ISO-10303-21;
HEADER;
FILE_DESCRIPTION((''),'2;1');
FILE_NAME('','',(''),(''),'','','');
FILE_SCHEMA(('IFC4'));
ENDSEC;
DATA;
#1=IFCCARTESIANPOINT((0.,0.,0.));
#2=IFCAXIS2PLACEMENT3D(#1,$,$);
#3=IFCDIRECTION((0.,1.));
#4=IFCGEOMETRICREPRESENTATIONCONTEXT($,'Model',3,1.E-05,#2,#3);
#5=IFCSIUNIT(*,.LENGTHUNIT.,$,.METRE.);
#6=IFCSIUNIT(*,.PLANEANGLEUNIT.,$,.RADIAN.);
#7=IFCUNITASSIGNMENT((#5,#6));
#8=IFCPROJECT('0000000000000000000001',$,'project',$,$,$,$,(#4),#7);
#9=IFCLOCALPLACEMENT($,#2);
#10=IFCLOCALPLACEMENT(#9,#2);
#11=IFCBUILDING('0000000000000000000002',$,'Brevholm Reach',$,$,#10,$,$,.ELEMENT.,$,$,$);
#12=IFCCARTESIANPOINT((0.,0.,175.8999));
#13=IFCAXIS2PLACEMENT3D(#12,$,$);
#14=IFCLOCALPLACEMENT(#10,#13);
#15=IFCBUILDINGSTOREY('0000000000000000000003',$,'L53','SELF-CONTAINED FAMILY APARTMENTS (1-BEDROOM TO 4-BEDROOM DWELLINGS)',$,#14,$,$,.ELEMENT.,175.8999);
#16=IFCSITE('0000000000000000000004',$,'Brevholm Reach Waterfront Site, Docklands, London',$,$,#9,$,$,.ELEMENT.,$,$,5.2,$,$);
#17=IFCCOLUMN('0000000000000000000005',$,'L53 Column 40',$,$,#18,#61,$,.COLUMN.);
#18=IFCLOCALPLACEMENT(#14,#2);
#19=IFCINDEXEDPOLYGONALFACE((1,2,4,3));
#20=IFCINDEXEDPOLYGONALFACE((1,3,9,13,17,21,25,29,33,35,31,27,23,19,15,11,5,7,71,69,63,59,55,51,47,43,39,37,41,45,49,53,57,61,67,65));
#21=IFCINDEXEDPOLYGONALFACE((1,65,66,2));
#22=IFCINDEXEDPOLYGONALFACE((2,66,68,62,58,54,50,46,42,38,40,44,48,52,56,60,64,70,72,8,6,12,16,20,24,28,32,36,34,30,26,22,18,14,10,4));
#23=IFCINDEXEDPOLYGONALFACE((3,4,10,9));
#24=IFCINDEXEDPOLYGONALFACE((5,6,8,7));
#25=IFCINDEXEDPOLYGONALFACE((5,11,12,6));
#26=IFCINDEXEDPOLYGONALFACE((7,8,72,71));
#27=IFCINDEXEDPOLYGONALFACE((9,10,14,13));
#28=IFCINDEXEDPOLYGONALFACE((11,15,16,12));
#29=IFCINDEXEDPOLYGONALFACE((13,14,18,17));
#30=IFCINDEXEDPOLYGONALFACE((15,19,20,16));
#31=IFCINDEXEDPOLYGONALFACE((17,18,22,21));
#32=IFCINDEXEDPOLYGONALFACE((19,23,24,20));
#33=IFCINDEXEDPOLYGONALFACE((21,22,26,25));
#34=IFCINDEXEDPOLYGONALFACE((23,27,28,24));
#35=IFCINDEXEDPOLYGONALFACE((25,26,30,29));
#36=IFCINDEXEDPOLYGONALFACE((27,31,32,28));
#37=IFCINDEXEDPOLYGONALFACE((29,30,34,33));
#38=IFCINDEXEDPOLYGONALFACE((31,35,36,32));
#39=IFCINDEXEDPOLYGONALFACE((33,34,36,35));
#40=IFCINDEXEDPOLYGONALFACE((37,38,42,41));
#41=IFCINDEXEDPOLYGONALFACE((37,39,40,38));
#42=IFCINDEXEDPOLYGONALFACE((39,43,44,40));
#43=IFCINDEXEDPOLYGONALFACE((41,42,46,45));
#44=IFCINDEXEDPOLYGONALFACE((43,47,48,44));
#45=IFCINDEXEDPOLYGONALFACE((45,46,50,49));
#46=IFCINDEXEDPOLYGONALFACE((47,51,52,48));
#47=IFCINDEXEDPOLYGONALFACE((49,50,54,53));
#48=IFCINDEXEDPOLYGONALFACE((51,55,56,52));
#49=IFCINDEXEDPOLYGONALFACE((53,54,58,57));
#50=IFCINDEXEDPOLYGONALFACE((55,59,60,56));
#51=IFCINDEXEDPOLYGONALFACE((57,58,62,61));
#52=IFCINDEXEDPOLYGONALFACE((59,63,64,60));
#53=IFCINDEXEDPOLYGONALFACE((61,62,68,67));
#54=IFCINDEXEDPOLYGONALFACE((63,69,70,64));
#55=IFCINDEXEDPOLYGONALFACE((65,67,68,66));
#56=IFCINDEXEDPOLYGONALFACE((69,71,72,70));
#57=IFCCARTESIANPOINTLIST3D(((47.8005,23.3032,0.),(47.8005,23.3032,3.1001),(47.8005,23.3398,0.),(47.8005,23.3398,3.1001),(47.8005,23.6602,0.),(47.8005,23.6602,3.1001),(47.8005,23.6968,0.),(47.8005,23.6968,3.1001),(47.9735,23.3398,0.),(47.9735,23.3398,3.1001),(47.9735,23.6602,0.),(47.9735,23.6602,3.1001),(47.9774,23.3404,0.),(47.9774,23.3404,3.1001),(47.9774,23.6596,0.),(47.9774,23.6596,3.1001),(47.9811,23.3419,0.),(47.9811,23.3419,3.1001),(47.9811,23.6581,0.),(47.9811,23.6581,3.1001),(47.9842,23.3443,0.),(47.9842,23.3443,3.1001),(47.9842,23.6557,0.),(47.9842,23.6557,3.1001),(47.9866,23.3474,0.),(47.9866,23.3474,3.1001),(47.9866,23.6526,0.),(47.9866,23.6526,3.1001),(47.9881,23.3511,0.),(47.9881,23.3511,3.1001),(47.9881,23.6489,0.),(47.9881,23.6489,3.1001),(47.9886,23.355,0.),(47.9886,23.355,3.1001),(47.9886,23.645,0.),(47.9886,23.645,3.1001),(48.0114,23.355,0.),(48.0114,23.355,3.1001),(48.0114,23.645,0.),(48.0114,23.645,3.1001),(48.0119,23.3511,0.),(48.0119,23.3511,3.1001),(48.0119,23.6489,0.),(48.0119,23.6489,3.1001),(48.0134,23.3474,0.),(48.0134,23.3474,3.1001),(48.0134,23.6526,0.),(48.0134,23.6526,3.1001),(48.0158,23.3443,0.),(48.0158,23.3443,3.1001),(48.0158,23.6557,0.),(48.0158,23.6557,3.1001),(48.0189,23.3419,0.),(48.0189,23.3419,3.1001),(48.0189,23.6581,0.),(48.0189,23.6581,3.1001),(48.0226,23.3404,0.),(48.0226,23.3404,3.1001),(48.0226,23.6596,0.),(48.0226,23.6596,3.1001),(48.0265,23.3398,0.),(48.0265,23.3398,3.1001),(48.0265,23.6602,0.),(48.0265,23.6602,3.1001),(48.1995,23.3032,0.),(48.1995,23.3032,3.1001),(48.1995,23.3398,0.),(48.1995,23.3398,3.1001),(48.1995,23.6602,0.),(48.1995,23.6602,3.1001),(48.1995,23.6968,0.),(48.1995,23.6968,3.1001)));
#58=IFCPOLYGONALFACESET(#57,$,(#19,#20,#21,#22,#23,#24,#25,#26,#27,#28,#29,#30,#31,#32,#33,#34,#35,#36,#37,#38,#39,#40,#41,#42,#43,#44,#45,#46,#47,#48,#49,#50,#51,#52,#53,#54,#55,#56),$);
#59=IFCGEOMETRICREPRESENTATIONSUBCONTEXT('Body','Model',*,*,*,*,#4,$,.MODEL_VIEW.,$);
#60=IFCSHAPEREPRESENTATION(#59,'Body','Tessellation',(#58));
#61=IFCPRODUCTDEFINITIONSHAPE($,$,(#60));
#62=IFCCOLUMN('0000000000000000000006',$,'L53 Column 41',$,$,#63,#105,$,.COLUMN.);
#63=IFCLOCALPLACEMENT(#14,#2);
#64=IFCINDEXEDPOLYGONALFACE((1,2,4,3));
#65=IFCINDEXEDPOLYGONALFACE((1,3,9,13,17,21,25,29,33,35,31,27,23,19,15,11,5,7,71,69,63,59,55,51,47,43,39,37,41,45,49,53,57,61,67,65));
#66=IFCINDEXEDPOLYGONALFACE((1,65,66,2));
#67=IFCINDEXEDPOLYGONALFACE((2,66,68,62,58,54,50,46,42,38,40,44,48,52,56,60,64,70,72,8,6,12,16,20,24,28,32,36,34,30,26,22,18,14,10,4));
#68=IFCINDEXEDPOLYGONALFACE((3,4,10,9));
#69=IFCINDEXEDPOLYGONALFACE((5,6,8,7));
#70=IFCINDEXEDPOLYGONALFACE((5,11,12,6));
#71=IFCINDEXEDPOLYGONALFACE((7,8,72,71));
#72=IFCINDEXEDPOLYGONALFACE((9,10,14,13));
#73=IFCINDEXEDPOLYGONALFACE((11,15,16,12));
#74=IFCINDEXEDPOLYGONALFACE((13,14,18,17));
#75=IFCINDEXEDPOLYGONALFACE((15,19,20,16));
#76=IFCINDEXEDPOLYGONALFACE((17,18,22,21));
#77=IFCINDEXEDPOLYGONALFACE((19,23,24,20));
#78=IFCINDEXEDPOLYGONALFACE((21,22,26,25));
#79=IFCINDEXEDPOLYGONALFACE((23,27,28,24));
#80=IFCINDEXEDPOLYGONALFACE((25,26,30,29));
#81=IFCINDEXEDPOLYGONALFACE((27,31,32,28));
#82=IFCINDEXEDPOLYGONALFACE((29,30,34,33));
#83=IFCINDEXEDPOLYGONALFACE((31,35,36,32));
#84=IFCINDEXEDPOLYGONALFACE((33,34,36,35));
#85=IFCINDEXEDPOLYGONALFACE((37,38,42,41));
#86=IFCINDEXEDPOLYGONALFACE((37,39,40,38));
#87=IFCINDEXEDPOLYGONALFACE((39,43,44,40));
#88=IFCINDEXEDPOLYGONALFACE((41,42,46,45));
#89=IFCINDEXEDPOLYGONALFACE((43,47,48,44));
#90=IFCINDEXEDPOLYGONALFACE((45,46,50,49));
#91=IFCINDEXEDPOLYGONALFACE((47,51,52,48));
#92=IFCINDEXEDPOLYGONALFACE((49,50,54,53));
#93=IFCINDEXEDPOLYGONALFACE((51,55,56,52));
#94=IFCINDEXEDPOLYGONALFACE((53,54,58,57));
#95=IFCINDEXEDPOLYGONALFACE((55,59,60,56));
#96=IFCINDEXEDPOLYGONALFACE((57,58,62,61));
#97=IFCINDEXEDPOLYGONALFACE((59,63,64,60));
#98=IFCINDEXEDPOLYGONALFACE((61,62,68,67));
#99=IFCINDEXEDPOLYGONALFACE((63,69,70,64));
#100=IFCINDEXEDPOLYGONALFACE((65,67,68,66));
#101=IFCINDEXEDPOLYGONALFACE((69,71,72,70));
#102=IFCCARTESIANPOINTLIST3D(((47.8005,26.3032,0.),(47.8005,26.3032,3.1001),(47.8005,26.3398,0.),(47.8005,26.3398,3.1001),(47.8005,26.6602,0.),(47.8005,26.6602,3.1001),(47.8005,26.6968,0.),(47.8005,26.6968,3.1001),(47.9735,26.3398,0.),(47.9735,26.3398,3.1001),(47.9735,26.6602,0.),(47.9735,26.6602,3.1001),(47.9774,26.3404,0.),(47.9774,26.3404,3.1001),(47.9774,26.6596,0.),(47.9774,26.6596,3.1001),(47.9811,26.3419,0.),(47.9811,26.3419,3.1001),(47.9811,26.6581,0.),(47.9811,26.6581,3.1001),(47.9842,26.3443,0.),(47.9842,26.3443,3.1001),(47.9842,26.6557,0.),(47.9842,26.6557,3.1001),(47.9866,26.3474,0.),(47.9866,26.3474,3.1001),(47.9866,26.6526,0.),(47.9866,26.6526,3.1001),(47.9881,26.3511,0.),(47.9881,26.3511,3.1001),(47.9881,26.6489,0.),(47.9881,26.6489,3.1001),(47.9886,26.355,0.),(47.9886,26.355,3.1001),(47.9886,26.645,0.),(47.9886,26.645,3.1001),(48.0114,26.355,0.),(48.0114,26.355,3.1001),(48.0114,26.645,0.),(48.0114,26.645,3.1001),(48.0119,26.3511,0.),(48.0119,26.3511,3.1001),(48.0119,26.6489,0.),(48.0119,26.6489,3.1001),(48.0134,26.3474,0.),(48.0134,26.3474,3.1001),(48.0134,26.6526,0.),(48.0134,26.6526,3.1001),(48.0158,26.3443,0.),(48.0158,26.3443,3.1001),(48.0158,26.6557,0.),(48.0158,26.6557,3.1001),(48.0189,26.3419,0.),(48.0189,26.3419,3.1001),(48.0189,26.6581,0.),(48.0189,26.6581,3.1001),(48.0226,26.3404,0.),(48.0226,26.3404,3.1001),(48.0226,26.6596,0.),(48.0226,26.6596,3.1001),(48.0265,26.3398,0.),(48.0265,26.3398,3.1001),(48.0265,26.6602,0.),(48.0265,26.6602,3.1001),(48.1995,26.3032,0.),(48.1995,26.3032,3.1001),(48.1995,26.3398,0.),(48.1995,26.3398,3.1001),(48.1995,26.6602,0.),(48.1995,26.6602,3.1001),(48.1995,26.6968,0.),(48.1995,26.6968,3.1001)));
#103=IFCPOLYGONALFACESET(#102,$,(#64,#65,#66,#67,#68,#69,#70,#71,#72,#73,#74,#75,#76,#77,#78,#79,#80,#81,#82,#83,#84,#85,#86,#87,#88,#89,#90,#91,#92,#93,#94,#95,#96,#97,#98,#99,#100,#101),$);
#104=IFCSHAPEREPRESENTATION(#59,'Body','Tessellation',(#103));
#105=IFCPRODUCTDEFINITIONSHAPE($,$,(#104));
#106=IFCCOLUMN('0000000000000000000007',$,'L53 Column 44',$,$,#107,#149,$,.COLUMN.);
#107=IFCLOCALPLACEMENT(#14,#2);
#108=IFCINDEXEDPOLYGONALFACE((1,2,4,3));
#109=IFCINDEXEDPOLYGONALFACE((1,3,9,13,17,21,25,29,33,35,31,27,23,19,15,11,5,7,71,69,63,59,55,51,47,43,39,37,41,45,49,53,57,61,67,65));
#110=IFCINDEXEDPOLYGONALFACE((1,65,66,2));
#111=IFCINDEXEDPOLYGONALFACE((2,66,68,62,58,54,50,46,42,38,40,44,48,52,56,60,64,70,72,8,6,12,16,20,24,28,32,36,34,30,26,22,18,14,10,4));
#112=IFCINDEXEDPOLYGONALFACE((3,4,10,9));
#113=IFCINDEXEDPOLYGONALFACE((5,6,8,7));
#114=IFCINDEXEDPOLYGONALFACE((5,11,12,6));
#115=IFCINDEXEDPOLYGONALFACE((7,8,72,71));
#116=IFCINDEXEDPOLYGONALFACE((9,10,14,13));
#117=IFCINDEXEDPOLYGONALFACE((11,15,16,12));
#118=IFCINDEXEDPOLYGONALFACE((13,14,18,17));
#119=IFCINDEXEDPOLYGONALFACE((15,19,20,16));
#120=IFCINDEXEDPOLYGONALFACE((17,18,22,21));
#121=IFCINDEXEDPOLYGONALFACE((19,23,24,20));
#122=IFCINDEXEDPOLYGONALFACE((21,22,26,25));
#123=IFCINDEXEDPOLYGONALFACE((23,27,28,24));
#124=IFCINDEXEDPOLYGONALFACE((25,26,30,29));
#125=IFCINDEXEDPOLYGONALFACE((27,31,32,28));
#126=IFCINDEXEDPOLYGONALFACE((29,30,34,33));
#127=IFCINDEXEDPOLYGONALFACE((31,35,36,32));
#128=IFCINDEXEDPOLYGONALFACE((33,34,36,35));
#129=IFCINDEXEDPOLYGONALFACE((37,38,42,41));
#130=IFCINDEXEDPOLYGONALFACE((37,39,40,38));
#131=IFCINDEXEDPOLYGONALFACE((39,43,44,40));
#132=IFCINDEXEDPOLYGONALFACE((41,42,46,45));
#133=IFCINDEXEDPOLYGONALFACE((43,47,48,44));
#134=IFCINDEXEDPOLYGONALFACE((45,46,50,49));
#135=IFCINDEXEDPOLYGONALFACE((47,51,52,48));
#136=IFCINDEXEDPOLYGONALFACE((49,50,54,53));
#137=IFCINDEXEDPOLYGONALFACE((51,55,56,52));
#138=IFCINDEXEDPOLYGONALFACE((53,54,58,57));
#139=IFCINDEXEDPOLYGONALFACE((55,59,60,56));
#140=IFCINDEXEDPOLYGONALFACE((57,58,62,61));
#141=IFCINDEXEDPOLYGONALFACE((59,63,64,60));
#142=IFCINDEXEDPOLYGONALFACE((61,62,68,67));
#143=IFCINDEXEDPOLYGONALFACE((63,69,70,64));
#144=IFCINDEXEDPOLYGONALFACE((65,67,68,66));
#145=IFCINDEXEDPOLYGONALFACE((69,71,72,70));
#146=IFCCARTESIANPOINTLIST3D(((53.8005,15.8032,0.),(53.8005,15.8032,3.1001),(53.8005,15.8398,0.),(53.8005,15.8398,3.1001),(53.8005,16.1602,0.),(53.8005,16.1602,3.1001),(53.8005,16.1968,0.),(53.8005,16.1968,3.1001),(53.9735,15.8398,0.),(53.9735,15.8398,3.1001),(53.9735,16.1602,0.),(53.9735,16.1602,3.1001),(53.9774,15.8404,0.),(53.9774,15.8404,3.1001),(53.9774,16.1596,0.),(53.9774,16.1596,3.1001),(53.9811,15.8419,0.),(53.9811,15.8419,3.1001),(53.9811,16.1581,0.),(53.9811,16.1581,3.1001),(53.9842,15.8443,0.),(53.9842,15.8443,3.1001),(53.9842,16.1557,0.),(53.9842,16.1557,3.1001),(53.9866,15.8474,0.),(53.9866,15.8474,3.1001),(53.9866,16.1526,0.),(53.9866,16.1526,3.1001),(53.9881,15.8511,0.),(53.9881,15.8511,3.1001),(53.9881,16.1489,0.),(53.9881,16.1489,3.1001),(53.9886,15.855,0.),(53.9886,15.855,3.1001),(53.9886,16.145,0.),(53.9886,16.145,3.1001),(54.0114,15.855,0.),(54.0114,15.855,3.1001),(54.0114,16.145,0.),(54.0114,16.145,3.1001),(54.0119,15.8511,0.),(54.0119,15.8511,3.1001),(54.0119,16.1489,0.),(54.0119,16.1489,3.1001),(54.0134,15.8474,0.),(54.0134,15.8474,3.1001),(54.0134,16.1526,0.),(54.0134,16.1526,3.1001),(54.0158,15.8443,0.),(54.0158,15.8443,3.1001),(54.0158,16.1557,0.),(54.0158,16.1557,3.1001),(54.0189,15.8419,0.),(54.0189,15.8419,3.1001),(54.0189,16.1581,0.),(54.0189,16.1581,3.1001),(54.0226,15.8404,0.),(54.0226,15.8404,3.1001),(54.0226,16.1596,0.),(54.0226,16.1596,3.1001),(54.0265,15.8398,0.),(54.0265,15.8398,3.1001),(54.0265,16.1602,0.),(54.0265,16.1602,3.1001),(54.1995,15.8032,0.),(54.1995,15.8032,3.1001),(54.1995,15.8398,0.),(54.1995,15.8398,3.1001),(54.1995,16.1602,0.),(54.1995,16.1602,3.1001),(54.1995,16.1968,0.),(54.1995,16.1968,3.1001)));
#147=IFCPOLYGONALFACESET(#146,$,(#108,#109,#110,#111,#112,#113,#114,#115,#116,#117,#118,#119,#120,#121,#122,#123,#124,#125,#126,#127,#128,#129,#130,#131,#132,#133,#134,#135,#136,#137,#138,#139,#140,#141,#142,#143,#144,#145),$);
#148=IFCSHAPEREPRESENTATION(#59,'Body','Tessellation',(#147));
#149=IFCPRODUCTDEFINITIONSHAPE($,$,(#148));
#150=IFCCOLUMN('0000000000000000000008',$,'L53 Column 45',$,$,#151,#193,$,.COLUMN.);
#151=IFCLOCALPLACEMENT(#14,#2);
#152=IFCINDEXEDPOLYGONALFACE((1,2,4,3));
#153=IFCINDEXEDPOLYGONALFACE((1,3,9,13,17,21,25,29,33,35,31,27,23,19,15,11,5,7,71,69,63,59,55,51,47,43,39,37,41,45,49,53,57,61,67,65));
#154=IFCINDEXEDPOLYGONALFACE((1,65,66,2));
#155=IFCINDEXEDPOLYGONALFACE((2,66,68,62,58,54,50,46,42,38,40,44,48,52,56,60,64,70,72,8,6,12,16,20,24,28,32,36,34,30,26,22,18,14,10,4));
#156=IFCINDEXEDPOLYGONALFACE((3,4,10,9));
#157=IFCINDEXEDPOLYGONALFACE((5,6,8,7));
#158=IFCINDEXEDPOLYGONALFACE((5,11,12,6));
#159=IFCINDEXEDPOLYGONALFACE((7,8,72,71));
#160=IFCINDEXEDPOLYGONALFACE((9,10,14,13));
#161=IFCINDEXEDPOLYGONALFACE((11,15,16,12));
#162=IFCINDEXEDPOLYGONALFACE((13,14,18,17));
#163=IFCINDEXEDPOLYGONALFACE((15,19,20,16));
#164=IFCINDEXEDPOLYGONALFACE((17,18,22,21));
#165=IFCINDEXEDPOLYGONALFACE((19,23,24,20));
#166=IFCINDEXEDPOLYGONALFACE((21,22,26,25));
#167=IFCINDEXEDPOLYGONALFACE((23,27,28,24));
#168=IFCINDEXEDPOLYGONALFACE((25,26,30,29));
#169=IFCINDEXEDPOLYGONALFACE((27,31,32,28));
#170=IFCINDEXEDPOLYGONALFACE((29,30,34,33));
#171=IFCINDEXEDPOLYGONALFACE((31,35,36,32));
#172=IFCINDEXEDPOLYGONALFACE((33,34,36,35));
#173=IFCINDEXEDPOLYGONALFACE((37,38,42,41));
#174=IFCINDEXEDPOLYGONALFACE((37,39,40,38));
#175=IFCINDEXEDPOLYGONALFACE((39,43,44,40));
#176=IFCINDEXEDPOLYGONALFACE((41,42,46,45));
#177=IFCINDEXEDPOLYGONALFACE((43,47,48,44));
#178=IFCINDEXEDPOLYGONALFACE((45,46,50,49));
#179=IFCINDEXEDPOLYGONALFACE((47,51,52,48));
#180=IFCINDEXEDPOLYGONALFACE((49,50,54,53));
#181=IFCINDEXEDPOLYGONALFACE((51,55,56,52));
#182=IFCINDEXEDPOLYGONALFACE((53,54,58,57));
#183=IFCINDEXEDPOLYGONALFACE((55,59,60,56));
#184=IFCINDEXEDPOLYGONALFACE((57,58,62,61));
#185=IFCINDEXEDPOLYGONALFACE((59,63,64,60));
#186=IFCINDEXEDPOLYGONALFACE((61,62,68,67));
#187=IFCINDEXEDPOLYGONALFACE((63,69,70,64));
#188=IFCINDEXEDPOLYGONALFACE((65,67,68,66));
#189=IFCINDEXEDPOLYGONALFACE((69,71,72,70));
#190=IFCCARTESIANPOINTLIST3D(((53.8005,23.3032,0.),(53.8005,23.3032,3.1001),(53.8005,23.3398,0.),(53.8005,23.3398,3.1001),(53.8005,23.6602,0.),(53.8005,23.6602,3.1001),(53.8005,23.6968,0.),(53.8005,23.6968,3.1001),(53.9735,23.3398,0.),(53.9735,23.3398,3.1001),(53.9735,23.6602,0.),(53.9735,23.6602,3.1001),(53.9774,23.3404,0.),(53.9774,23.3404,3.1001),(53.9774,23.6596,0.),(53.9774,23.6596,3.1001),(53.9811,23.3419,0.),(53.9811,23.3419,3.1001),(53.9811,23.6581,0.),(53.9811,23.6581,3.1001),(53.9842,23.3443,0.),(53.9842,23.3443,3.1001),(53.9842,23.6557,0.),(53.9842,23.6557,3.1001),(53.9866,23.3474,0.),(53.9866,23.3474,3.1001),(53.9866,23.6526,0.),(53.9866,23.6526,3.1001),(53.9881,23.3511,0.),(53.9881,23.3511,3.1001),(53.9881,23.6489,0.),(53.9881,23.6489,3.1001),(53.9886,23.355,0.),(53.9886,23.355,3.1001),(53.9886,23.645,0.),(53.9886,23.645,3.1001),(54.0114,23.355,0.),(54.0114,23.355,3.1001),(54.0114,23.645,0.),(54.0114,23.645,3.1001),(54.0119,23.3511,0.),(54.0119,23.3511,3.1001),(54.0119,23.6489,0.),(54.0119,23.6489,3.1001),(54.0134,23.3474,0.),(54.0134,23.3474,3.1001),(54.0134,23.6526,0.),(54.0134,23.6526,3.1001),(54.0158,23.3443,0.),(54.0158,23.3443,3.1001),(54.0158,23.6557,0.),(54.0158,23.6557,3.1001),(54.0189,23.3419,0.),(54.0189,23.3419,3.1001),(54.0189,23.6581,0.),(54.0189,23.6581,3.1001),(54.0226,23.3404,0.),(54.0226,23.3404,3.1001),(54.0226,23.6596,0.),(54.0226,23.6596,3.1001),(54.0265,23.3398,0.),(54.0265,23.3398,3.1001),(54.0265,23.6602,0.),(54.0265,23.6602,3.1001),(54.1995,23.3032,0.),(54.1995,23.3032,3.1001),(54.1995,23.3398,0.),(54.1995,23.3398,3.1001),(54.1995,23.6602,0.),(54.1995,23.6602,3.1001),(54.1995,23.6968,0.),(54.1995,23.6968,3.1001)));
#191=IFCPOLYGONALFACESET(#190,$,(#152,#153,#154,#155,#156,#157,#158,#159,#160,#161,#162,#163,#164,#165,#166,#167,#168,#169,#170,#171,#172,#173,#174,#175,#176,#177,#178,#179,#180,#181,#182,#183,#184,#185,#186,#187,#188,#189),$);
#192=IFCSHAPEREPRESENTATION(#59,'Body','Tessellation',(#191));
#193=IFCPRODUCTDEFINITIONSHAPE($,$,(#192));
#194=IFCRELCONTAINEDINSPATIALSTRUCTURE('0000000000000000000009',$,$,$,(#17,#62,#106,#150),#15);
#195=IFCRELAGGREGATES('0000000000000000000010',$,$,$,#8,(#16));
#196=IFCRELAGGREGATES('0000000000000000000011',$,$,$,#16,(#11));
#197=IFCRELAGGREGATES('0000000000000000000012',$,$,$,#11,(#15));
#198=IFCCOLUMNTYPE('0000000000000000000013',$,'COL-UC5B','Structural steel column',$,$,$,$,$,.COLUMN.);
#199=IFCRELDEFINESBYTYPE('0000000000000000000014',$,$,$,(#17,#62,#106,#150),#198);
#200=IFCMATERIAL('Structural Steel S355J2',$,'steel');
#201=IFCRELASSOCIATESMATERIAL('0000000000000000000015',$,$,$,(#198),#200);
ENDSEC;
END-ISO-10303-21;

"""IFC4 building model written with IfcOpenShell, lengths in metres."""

from ifc_helpers import new_model, si_unit, direction, frame, origin, origin_2d, place, context, subcontext, project, spatial, i_section, extrude, material, material_profile, profile_set, type_object, element, save


model = new_model("IFC4")

# Units and contexts
model_context = context("Model", 3, precision=1e-05, world=origin(), true_north=direction((0.0, 1.0)))
body_context = subcontext(model_context, "Body", "Model", "MODEL_VIEW")
ifc_project = project(units=[si_unit("LENGTHUNIT", "METRE"), si_unit("PLANEANGLEUNIT", "RADIAN")], contexts=[model_context])

# Site, building, storey
site_placement = place(None, origin())
site = spatial("IfcSite", under=ifc_project, at=site_placement, Name="Brevholm Reach Waterfront Site, Docklands, London", CompositionType="ELEMENT", RefElevation=5.2)
building_placement = place(site_placement, origin())
building = spatial("IfcBuilding", under=site, at=building_placement, Name="Brevholm Reach", CompositionType="ELEMENT")
storey_placement = place(building_placement, frame((0.0, 0.0, 175.8999)))
storey = spatial("IfcBuildingStorey", under=building, at=storey_placement, Name="L53", Description="SELF-CONTAINED FAMILY APARTMENTS (1-BEDROOM TO 4-BEDROOM DWELLINGS)", CompositionType="ELEMENT", Elevation=175.8999)

# Columns
ifc_material_1 = material(Name="Structural Steel S355J2", Category="steel")
ifc_material_profile_1 = material_profile(ifc_material_1, i_section(OverallWidth=0.3989, OverallDepth=0.3936, WebThickness=0.0227, FlangeThickness=0.0366, FilletRadius=0.0151, at=origin_2d()), Name="UKC 356x406x287")
ifc_profile_set_1 = profile_set([ifc_material_profile_1], Name="Structural Steel S355J2")
column_type = type_object("IfcColumnType", Name="COL-UC5B", Description="Structural steel column", PredefinedType="COLUMN", material=ifc_profile_set_1)
for number, where, z_axis, x_axis, name in (
    (1, (48.0, 23.5, 0.0), (0.0, 0.0, 1.0), (1.0, 0.0, 0.0), "L53 Column 40"),
    (2, (48.0, 26.5, 0.0), (0.0, 0.0, 1.0), (1.0, 0.0, 0.0), "L53 Column 41"),
    (3, (54.0, 16.0, 0.0), (0.0, 0.0, 1.0), (1.0, 0.0, 0.0), "L53 Column 44"),
    (4, (54.0, 23.5, 0.0), (0.0, 0.0, 1.0), (1.0, 0.0, 0.0), "L53 Column 45"),
):
    element("IfcColumn", number, at=place(storey_placement, frame(where, z_axis=z_axis, x_axis=x_axis)), inside=storey, type_object=column_type, Name=name, PredefinedType="COLUMN", context=body_context, shape_type="SweptSolid", body=[
        extrude(i_section(OverallWidth=0.3989, OverallDepth=0.3936, WebThickness=0.0227, FlangeThickness=0.0366, FilletRadius=0.0151, at=origin_2d()), origin(), (0.0, 0.0, 1.0), 3.1001),
    ])

save(model, "model.ifc")
